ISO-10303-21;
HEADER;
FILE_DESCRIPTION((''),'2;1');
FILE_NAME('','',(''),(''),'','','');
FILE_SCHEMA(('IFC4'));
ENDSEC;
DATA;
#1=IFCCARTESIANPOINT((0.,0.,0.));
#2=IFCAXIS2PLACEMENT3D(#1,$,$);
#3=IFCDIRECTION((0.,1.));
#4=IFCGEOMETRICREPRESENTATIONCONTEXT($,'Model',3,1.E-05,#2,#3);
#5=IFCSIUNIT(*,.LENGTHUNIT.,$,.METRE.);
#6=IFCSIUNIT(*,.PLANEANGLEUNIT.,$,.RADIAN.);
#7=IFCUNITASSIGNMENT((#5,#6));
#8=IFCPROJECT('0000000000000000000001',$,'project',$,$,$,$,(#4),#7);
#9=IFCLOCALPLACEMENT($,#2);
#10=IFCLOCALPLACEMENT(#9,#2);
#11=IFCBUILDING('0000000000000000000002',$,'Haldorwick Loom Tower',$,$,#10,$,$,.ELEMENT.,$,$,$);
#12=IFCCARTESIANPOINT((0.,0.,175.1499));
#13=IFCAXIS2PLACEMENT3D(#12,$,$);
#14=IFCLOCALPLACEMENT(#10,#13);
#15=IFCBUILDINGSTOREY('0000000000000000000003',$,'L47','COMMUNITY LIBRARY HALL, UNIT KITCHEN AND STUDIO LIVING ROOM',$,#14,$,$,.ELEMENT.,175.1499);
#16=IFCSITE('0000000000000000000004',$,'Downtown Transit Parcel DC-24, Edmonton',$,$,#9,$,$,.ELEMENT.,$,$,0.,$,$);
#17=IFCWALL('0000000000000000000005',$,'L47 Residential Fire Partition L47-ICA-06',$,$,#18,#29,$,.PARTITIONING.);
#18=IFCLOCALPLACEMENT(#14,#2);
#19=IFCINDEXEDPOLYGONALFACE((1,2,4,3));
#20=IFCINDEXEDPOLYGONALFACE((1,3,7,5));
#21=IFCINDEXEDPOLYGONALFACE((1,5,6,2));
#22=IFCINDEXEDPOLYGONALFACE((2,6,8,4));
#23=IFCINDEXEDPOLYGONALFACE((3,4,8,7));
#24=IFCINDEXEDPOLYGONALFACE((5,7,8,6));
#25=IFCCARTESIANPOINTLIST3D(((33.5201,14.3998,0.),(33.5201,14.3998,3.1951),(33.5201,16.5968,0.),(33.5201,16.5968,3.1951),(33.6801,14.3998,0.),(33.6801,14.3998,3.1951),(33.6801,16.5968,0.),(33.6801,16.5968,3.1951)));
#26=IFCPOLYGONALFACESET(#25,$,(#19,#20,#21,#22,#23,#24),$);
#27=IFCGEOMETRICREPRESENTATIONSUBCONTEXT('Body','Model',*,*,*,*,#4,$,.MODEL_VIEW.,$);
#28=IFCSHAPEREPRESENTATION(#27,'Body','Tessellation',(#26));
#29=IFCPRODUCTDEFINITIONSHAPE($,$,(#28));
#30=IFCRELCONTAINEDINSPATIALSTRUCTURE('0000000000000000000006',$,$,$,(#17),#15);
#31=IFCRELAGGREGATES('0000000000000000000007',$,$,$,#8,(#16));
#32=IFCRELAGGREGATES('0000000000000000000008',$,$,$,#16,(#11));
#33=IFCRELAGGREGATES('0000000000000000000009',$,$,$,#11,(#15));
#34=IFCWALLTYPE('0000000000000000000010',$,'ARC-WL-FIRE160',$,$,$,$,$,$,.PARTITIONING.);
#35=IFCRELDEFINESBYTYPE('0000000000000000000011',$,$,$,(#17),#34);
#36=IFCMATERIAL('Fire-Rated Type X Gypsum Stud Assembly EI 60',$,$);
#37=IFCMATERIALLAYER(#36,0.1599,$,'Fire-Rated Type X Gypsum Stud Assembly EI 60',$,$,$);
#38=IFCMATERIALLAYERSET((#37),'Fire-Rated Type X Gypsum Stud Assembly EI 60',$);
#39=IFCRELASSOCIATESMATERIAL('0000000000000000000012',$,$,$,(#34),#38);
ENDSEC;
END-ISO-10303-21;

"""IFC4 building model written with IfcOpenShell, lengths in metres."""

from ifc_helpers import new_model, si_unit, direction, frame, frame_2d, origin, place, context, subcontext, project, spatial, rectangle, extrude, material, layer, layer_set, type_object, element, save


model = new_model("IFC4")

# Units and contexts
model_context = context("Model", 3, precision=1e-05, world=origin(), true_north=direction((0.0, 1.0)))
body_context = subcontext(model_context, "Body", "Model", "MODEL_VIEW")
ifc_project = project(units=[si_unit("LENGTHUNIT", "METRE"), si_unit("PLANEANGLEUNIT", "RADIAN")], contexts=[model_context])

# Site, building, storey
site_placement = place(None, origin())
site = spatial("IfcSite", under=ifc_project, at=site_placement, Name="Downtown Transit Parcel DC-24, Edmonton", CompositionType="ELEMENT", RefElevation=0.0)
building_placement = place(site_placement, origin())
building = spatial("IfcBuilding", under=site, at=building_placement, Name="Haldorwick Loom Tower", CompositionType="ELEMENT")
storey_placement = place(building_placement, frame((0.0, 0.0, 175.1499)))
storey = spatial("IfcBuildingStorey", under=building, at=storey_placement, Name="L47", Description="COMMUNITY LIBRARY HALL, UNIT KITCHEN AND STUDIO LIVING ROOM", CompositionType="ELEMENT", Elevation=175.1499)

# Wall
ifc_material_1 = material(Name="Fire-Rated Type X Gypsum Stud Assembly EI 60")
ifc_layer_1 = layer(ifc_material_1, 0.1599, Name="Fire-Rated Type X Gypsum Stud Assembly EI 60")
ifc_layer_set_1 = layer_set([ifc_layer_1], Name="Fire-Rated Type X Gypsum Stud Assembly EI 60")
wall_type = type_object("IfcWallType", Name="ARC-WL-FIRE160", PredefinedType="PARTITIONING", material=ifc_layer_set_1)
wall_1_placement = place(storey_placement, frame((33.6001, 16.5969, 0.0), z_axis=(0.0, 0.0, 1.0), x_axis=(0.0, -1.0, 0.0)))
element("IfcWall", 1, at=wall_1_placement, inside=storey, type_object=wall_type, Name="L47 Residential Fire Partition L47-ICA-06", PredefinedType="PARTITIONING", context=body_context, shape_type="SweptSolid", body=[
    extrude(rectangle(XDim=2.197, YDim=0.1599, at=frame_2d((1.0986, 0.0))), origin(), (0.0, 0.0, 1.0), 3.1951),
])

save(model, "model.ifc")
